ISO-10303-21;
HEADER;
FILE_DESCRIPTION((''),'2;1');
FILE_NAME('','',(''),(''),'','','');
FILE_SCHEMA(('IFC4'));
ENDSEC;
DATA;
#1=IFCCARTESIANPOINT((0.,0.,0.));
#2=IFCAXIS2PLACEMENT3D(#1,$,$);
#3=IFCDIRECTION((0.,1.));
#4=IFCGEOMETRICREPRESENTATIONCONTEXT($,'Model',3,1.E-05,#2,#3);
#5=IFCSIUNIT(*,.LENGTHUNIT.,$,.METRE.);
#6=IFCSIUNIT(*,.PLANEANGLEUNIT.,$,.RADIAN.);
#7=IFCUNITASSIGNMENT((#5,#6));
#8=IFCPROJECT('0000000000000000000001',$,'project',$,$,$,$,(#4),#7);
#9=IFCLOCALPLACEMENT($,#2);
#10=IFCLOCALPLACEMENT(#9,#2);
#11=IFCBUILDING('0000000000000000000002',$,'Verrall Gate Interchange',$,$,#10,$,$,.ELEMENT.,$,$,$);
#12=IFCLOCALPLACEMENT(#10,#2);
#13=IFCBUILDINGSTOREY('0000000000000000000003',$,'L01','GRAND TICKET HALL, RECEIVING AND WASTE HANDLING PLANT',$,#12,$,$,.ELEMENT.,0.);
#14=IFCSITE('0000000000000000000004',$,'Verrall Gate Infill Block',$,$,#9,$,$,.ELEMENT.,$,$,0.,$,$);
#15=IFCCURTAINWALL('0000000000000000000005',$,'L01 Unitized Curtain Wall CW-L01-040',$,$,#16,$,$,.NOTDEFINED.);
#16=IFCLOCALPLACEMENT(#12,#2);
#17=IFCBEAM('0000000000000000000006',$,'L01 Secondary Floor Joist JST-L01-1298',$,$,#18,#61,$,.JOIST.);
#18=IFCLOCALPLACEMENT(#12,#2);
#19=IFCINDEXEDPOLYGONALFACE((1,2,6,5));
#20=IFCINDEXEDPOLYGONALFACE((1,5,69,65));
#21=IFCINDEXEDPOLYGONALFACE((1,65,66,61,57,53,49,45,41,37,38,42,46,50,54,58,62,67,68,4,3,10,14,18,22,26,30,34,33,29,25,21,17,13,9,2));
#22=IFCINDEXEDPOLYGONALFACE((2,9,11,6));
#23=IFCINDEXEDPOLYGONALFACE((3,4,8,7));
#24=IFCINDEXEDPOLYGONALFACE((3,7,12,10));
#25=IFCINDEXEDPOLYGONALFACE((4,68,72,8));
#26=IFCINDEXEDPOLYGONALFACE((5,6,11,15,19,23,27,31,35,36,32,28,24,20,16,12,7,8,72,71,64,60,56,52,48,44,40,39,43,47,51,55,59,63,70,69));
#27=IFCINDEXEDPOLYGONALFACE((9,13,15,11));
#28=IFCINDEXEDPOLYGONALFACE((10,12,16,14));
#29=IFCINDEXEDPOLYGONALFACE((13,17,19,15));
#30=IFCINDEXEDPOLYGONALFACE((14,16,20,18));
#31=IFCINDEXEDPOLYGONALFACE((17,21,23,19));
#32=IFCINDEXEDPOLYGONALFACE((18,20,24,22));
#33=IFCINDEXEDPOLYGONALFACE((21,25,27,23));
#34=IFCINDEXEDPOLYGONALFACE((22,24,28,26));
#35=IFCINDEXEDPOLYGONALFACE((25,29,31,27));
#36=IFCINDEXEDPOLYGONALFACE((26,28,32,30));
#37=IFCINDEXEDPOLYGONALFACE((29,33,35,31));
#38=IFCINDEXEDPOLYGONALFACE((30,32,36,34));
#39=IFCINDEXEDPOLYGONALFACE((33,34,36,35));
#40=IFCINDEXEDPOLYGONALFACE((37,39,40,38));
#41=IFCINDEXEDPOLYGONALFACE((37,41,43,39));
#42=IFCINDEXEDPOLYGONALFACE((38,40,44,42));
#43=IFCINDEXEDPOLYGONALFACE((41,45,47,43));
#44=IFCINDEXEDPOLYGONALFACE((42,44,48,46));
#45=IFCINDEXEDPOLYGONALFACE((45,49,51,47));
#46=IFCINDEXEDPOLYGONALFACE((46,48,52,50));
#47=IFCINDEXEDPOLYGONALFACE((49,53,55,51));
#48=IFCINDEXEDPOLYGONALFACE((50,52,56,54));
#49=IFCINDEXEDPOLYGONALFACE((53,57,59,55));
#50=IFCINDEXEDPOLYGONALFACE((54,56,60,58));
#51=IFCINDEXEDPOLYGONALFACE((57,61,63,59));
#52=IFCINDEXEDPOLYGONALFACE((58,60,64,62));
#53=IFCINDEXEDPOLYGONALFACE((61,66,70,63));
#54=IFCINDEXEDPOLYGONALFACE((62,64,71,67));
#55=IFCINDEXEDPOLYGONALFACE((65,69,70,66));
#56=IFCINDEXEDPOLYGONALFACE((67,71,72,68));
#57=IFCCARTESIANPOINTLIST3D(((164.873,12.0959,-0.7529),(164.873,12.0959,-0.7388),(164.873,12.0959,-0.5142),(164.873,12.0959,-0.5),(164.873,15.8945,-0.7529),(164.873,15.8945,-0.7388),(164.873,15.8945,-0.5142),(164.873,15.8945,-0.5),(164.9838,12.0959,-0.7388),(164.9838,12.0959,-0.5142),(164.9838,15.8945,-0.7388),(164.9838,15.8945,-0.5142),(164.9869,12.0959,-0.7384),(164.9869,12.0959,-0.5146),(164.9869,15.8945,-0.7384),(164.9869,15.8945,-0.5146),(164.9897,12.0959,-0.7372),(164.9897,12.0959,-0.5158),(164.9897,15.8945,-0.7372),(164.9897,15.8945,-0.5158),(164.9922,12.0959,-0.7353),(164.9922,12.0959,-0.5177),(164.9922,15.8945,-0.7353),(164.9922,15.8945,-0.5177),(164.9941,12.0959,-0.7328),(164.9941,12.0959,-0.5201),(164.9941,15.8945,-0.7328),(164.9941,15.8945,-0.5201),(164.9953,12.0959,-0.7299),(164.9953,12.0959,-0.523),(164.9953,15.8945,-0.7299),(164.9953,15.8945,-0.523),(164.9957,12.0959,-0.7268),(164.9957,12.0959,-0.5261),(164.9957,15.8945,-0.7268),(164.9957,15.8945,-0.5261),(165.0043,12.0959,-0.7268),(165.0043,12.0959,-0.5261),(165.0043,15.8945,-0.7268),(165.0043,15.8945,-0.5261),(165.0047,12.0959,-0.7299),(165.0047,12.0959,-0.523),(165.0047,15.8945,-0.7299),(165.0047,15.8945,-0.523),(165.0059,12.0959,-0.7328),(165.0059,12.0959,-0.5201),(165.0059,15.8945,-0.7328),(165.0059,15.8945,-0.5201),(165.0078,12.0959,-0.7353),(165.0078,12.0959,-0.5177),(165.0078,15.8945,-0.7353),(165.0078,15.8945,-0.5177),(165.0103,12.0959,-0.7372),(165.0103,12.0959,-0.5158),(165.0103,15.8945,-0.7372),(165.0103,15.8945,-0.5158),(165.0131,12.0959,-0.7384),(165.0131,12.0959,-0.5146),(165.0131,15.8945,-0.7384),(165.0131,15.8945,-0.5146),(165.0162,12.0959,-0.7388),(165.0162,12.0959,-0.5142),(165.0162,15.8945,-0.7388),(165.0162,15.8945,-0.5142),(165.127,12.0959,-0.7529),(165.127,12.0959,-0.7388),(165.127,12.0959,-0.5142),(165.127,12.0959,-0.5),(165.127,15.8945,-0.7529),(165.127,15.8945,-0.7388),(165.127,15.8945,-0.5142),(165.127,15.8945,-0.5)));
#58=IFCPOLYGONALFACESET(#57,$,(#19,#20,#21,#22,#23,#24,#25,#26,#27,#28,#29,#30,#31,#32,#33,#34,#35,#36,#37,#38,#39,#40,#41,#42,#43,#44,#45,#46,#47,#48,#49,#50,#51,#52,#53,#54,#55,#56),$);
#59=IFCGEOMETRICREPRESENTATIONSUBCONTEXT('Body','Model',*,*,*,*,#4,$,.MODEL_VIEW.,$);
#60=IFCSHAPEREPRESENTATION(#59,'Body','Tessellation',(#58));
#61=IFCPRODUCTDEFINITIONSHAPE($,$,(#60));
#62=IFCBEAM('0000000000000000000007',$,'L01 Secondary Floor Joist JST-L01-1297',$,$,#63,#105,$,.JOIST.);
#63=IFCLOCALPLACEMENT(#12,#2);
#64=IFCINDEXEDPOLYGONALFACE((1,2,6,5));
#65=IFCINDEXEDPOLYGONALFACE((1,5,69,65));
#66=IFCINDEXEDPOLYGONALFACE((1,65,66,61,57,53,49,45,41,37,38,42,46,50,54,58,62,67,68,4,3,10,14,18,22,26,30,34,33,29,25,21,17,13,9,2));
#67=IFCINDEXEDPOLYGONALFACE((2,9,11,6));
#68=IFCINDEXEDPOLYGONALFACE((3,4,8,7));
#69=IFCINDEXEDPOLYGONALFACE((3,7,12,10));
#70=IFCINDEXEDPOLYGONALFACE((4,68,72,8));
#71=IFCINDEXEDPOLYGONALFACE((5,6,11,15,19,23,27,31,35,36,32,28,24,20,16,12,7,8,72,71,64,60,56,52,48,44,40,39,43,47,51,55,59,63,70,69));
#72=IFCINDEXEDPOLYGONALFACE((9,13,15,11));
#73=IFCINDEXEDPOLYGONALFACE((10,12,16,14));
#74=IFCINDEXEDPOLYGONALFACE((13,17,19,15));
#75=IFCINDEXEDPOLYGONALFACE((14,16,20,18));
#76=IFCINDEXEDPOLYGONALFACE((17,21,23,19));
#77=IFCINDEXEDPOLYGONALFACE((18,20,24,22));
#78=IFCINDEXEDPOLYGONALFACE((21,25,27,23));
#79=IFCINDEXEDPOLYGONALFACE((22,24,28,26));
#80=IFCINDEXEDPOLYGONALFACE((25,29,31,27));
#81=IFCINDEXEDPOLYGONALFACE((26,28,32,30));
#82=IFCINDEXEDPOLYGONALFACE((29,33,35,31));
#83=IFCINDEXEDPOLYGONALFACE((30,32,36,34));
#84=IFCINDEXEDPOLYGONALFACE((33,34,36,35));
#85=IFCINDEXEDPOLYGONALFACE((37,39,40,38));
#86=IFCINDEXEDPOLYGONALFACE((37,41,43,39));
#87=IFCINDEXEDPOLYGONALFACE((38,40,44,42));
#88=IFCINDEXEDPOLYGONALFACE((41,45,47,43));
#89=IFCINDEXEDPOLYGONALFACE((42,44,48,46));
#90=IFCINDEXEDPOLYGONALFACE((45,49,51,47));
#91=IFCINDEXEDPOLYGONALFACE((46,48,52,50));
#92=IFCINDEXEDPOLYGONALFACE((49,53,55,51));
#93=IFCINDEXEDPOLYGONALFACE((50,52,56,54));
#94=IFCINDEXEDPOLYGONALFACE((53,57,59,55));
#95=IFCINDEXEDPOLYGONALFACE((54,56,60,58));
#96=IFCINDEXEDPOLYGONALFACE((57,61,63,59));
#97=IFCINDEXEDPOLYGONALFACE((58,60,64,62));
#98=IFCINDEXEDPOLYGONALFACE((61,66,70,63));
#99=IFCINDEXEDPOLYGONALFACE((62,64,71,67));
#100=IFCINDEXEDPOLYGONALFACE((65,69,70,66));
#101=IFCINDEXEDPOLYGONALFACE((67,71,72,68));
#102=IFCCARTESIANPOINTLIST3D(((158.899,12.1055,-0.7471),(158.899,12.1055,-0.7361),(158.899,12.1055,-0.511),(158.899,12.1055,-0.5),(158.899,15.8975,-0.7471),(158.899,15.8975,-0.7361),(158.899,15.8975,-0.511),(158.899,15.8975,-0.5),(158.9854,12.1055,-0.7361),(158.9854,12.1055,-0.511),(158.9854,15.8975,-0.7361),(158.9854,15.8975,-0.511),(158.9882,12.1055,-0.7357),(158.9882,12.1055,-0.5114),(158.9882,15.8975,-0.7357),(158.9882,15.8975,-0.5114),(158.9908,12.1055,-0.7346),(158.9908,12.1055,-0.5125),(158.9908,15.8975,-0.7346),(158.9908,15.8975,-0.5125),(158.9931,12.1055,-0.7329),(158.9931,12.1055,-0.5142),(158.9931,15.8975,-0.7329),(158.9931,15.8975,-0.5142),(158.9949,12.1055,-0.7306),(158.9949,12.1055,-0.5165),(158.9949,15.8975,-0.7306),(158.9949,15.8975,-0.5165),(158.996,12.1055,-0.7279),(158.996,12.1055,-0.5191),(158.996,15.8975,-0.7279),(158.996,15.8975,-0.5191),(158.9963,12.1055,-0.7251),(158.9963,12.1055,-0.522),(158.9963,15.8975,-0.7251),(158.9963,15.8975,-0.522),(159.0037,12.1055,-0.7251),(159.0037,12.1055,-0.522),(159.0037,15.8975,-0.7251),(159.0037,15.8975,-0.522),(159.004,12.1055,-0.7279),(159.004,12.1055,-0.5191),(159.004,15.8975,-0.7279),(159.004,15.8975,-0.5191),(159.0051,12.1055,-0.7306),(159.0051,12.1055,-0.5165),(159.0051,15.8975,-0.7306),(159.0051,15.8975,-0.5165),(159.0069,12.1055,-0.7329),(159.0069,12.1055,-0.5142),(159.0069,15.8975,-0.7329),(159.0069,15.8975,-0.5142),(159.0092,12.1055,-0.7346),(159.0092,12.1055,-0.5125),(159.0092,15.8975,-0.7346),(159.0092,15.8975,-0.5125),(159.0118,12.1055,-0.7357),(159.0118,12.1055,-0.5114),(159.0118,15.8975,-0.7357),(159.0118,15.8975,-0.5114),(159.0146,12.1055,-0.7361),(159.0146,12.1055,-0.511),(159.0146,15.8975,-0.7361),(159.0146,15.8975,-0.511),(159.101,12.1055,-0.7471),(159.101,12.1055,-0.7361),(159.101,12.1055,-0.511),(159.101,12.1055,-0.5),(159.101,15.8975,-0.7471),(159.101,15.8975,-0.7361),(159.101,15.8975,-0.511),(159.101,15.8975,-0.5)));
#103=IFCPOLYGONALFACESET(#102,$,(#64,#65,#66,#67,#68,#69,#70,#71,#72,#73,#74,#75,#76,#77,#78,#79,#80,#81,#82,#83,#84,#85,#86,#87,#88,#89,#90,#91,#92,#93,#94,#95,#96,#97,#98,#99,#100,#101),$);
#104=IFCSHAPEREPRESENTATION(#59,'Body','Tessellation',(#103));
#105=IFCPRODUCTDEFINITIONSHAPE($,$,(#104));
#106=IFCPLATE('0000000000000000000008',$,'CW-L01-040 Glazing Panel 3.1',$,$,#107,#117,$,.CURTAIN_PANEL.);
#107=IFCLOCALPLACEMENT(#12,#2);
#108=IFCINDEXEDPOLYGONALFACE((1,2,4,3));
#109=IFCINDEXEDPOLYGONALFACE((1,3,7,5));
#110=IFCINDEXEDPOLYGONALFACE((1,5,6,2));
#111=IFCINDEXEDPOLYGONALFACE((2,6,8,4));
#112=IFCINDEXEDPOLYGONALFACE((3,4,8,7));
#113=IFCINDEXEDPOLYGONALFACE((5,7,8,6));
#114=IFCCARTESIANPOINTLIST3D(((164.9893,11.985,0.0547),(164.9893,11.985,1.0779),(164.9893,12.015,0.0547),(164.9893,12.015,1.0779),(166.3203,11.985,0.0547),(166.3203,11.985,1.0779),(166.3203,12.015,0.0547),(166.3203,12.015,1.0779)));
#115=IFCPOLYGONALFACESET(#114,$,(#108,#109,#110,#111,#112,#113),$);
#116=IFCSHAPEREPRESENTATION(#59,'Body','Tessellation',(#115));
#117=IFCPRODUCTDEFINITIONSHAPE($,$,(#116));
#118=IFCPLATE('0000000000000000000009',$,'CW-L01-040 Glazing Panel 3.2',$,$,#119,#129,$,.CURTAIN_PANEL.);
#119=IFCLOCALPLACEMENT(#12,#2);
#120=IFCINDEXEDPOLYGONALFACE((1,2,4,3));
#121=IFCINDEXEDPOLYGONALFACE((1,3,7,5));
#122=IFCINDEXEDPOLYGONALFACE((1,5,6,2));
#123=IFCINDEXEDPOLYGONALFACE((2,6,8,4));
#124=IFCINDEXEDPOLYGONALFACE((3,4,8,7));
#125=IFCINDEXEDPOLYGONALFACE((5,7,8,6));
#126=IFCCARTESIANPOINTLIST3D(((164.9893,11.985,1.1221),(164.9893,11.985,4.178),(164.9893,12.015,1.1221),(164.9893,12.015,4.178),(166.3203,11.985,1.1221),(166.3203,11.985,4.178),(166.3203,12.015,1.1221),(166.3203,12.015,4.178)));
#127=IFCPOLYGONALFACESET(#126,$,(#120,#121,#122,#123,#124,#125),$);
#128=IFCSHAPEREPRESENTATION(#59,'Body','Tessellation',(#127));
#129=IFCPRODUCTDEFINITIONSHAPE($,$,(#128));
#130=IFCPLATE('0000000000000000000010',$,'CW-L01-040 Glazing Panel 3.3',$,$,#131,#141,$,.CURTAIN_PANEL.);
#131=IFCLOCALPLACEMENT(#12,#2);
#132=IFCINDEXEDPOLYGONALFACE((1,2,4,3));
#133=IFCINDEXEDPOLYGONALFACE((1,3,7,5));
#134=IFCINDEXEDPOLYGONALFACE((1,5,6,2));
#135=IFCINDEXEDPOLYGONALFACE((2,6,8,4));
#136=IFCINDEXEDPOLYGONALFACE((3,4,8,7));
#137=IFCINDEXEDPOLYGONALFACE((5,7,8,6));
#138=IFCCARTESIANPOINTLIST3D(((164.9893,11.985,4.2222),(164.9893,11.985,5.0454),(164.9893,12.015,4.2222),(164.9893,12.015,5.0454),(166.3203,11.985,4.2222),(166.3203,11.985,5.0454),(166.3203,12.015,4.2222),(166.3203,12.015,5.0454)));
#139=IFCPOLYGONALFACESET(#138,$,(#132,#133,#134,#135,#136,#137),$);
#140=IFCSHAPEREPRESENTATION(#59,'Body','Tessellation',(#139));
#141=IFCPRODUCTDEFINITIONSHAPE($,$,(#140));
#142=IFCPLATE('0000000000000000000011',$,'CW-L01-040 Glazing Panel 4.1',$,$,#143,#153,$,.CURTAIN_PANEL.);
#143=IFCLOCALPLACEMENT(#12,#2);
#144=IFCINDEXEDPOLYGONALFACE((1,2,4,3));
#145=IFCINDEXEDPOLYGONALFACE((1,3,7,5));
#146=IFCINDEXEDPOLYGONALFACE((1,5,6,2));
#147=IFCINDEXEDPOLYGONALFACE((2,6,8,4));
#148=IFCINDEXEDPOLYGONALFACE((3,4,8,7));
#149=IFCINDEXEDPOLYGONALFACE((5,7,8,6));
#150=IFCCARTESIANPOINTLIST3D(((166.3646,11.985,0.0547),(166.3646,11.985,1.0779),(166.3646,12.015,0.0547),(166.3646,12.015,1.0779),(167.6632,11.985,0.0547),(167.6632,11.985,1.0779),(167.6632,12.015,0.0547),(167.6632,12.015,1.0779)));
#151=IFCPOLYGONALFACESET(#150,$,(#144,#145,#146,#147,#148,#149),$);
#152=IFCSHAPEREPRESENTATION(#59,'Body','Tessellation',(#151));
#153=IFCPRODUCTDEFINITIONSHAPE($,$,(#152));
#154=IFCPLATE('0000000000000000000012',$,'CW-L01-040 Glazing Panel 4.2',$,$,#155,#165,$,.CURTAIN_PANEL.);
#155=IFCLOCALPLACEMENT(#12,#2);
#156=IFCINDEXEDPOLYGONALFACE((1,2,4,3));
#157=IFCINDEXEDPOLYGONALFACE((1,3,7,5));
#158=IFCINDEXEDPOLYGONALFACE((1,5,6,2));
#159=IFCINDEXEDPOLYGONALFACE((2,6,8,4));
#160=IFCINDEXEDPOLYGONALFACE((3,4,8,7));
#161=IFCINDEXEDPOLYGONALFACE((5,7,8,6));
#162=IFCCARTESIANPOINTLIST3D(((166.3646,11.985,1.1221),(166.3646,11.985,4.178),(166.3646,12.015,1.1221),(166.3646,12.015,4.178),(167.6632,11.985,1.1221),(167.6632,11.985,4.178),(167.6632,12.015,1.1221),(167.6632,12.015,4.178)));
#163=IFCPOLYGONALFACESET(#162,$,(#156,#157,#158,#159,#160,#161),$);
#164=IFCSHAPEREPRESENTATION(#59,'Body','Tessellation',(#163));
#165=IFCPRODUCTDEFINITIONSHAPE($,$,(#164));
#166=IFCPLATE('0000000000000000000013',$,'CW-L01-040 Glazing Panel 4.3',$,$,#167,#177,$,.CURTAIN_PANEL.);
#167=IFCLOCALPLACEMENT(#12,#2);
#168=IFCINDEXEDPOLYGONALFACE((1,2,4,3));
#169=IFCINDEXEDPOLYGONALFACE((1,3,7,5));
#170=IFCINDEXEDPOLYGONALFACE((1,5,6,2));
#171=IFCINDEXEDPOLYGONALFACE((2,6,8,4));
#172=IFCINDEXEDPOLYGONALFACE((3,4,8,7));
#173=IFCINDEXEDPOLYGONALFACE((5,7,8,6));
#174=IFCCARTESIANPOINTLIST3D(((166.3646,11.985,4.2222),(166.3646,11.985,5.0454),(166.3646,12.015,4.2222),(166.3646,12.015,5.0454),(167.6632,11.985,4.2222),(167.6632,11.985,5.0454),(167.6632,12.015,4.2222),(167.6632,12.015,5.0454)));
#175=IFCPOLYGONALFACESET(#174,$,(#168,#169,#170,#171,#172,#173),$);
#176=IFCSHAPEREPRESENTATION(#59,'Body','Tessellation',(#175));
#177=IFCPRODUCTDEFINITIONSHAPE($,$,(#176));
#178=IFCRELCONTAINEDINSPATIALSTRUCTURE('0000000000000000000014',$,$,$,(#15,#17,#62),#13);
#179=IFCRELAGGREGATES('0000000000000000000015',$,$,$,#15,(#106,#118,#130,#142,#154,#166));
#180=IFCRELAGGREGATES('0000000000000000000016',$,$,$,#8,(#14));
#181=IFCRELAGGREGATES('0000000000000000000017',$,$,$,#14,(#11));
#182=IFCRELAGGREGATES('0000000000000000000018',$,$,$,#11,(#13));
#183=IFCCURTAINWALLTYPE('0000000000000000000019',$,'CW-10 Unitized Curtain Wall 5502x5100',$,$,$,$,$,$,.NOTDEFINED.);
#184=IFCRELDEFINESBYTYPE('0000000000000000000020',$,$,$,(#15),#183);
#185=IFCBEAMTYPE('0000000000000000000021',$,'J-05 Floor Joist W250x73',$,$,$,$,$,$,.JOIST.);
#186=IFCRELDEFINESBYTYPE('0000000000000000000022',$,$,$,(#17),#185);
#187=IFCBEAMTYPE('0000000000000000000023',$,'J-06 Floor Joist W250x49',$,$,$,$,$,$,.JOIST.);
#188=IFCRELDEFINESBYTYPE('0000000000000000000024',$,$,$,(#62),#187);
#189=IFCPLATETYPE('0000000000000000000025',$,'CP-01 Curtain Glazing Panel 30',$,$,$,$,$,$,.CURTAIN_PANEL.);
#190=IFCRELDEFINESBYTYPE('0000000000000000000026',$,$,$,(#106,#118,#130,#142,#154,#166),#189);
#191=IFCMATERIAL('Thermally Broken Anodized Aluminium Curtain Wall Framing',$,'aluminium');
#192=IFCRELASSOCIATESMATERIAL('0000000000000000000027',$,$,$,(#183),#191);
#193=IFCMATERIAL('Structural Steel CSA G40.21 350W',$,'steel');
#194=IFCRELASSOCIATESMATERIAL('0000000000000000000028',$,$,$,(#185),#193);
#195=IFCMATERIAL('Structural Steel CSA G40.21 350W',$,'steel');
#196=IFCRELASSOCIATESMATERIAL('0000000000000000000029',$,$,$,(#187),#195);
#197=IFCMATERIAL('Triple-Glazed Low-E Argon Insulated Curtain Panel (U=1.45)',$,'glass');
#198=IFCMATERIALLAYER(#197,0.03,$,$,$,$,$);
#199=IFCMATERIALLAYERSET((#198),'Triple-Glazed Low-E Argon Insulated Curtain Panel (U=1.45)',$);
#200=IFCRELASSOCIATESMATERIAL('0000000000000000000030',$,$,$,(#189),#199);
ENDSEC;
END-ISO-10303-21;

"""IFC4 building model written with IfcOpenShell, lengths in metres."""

from ifc_helpers import new_model, si_unit, direction, frame, origin, origin_2d, place, context, subcontext, project, spatial, rectangle, i_section, extrude, material, layer, layer_set, material_profile, profile_set, type_object, element, aggregate, save


model = new_model("IFC4")

# Units and contexts
model_context = context("Model", 3, precision=1e-05, world=origin(), true_north=direction((0.0, 1.0)))
body_context = subcontext(model_context, "Body", "Model", "MODEL_VIEW")
ifc_project = project(units=[si_unit("LENGTHUNIT", "METRE"), si_unit("PLANEANGLEUNIT", "RADIAN")], contexts=[model_context])

# Site, building, storey
site_placement = place(None, origin())
site = spatial("IfcSite", under=ifc_project, at=site_placement, Name="Verrall Gate Infill Block", CompositionType="ELEMENT", RefElevation=0.0)
building_placement = place(site_placement, origin())
building = spatial("IfcBuilding", under=site, at=building_placement, Name="Verrall Gate Interchange", CompositionType="ELEMENT")
storey_placement = place(building_placement, origin())
storey = spatial("IfcBuildingStorey", under=building, at=storey_placement, Name="L01", Description="GRAND TICKET HALL, RECEIVING AND WASTE HANDLING PLANT", CompositionType="ELEMENT", Elevation=0.0)

# Curtain wall
ifc_material_1 = material(Name="Thermally Broken Anodized Aluminium Curtain Wall Framing", Category="aluminium")
curtain_wall_type = type_object("IfcCurtainWallType", Name="CW-10 Unitized Curtain Wall 5502x5100", PredefinedType="NOTDEFINED", material=ifc_material_1)
curtain_wall_placement = place(storey_placement, origin())
curtain_wall = element("IfcCurtainWall", 1, at=curtain_wall_placement, inside=storey, type_object=curtain_wall_type, Name="L01 Unitized Curtain Wall CW-L01-040", PredefinedType="NOTDEFINED")

# Beams
ifc_material_2 = material(Name="Structural Steel CSA G40.21 350W", Category="steel")
ifc_material_profile_1 = material_profile(ifc_material_2, i_section(OverallWidth=0.2539, OverallDepth=0.2529, WebThickness=0.0085, FlangeThickness=0.0142, FilletRadius=0.012, at=origin_2d()), Name="W250x73")
ifc_profile_set_1 = profile_set([ifc_material_profile_1], Name="Structural Steel CSA G40.21 350W")
beam_type_1 = type_object("IfcBeamType", Name="J-05 Floor Joist W250x73", PredefinedType="JOIST", material=ifc_profile_set_1)
beam_1_placement = place(storey_placement, frame((165.0, 12.0959, -0.6265), z_axis=(0.0, 1.0, 0.0), x_axis=(-1.0, 0.0, 0.0)))
element("IfcBeam", 2, at=beam_1_placement, inside=storey, type_object=beam_type_1, Name="L01 Secondary Floor Joist JST-L01-1298", PredefinedType="JOIST", context=body_context, shape_type="SweptSolid", body=[
    extrude(i_section(OverallWidth=0.2539, OverallDepth=0.2529, WebThickness=0.0085, FlangeThickness=0.0142, FilletRadius=0.012, at=origin_2d()), origin(), (0.0, 0.0, 1.0), 3.7986),
])
ifc_material_3 = material(Name="Structural Steel CSA G40.21 350W", Category="steel")
ifc_material_profile_2 = material_profile(ifc_material_3, i_section(OverallWidth=0.2019, OverallDepth=0.2471, WebThickness=0.0073, FlangeThickness=0.011, FilletRadius=0.011, at=origin_2d()), Name="W250x49")
ifc_profile_set_2 = profile_set([ifc_material_profile_2], Name="Structural Steel CSA G40.21 350W")
beam_type_2 = type_object("IfcBeamType", Name="J-06 Floor Joist W250x49", PredefinedType="JOIST", material=ifc_profile_set_2)
beam_2_placement = place(storey_placement, frame((159.0, 12.1055, -0.6235), z_axis=(0.0, 1.0, 0.0), x_axis=(-1.0, 0.0, 0.0)))
element("IfcBeam", 3, at=beam_2_placement, inside=storey, type_object=beam_type_2, Name="L01 Secondary Floor Joist JST-L01-1297", PredefinedType="JOIST", context=body_context, shape_type="SweptSolid", body=[
    extrude(i_section(OverallWidth=0.2019, OverallDepth=0.2471, WebThickness=0.0073, FlangeThickness=0.011, FilletRadius=0.011, at=origin_2d()), origin(), (0.0, 0.0, 1.0), 3.792),
])

# Plates
ifc_material_4 = material(Name="Triple-Glazed Low-E Argon Insulated Curtain Panel (U=1.45)", Category="glass")
ifc_layer_1 = layer(ifc_material_4, 0.03)
ifc_layer_set_1 = layer_set([ifc_layer_1], Name="Triple-Glazed Low-E Argon Insulated Curtain Panel (U=1.45)")
plate_type = type_object("IfcPlateType", Name="CP-01 Curtain Glazing Panel 30", PredefinedType="CURTAIN_PANEL", material=ifc_layer_set_1)
plate_1_placement = place(storey_placement, frame((165.6548, 12.0, 0.0547), z_axis=(0.0, 0.0, 1.0), x_axis=(1.0, 0.0, 0.0)))
plate_1 = element("IfcPlate", 4, at=plate_1_placement, type_object=plate_type, Name="CW-L01-040 Glazing Panel 3.1", PredefinedType="CURTAIN_PANEL", context=body_context, shape_type="SweptSolid", body=[
    extrude(rectangle(XDim=1.3311, YDim=0.03, at=origin_2d()), origin(), (0.0, 0.0, 1.0), 1.0232),
])
plate_2_placement = place(storey_placement, frame((165.6548, 12.0, 1.1221), z_axis=(0.0, 0.0, 1.0), x_axis=(1.0, 0.0, 0.0)))
plate_2 = element("IfcPlate", 5, at=plate_2_placement, type_object=plate_type, Name="CW-L01-040 Glazing Panel 3.2", PredefinedType="CURTAIN_PANEL", context=body_context, shape_type="SweptSolid", body=[
    extrude(rectangle(XDim=1.3311, YDim=0.03, at=origin_2d()), origin(), (0.0, 0.0, 1.0), 3.0559),
])
plate_3_placement = place(storey_placement, frame((165.6548, 12.0, 4.2222), z_axis=(0.0, 0.0, 1.0), x_axis=(1.0, 0.0, 0.0)))
plate_3 = element("IfcPlate", 6, at=plate_3_placement, type_object=plate_type, Name="CW-L01-040 Glazing Panel 3.3", PredefinedType="CURTAIN_PANEL", context=body_context, shape_type="SweptSolid", body=[
    extrude(rectangle(XDim=1.3311, YDim=0.03, at=origin_2d()), origin(), (0.0, 0.0, 1.0), 0.8232),
])
plate_4_placement = place(storey_placement, frame((167.0139, 12.0, 0.0547), z_axis=(0.0, 0.0, 1.0), x_axis=(1.0, 0.0, 0.0)))
plate_4 = element("IfcPlate", 7, at=plate_4_placement, type_object=plate_type, Name="CW-L01-040 Glazing Panel 4.1", PredefinedType="CURTAIN_PANEL", context=body_context, shape_type="SweptSolid", body=[
    extrude(rectangle(XDim=1.2986, YDim=0.03, at=origin_2d()), origin(), (0.0, 0.0, 1.0), 1.0232),
])
plate_5_placement = place(storey_placement, frame((167.0139, 12.0, 1.1221), z_axis=(0.0, 0.0, 1.0), x_axis=(1.0, 0.0, 0.0)))
plate_5 = element("IfcPlate", 8, at=plate_5_placement, type_object=plate_type, Name="CW-L01-040 Glazing Panel 4.2", PredefinedType="CURTAIN_PANEL", context=body_context, shape_type="SweptSolid", body=[
    extrude(rectangle(XDim=1.2986, YDim=0.03, at=origin_2d()), origin(), (0.0, 0.0, 1.0), 3.0559),
])
plate_6_placement = place(storey_placement, frame((167.0139, 12.0, 4.2222), z_axis=(0.0, 0.0, 1.0), x_axis=(1.0, 0.0, 0.0)))
plate_6 = element("IfcPlate", 9, at=plate_6_placement, type_object=plate_type, Name="CW-L01-040 Glazing Panel 4.3", PredefinedType="CURTAIN_PANEL", context=body_context, shape_type="SweptSolid", body=[
    extrude(rectangle(XDim=1.2986, YDim=0.03, at=origin_2d()), origin(), (0.0, 0.0, 1.0), 0.8232),
])
aggregate(curtain_wall, [plate_1, plate_2, plate_3, plate_4, plate_5, plate_6])

save(model, "model.ifc")
